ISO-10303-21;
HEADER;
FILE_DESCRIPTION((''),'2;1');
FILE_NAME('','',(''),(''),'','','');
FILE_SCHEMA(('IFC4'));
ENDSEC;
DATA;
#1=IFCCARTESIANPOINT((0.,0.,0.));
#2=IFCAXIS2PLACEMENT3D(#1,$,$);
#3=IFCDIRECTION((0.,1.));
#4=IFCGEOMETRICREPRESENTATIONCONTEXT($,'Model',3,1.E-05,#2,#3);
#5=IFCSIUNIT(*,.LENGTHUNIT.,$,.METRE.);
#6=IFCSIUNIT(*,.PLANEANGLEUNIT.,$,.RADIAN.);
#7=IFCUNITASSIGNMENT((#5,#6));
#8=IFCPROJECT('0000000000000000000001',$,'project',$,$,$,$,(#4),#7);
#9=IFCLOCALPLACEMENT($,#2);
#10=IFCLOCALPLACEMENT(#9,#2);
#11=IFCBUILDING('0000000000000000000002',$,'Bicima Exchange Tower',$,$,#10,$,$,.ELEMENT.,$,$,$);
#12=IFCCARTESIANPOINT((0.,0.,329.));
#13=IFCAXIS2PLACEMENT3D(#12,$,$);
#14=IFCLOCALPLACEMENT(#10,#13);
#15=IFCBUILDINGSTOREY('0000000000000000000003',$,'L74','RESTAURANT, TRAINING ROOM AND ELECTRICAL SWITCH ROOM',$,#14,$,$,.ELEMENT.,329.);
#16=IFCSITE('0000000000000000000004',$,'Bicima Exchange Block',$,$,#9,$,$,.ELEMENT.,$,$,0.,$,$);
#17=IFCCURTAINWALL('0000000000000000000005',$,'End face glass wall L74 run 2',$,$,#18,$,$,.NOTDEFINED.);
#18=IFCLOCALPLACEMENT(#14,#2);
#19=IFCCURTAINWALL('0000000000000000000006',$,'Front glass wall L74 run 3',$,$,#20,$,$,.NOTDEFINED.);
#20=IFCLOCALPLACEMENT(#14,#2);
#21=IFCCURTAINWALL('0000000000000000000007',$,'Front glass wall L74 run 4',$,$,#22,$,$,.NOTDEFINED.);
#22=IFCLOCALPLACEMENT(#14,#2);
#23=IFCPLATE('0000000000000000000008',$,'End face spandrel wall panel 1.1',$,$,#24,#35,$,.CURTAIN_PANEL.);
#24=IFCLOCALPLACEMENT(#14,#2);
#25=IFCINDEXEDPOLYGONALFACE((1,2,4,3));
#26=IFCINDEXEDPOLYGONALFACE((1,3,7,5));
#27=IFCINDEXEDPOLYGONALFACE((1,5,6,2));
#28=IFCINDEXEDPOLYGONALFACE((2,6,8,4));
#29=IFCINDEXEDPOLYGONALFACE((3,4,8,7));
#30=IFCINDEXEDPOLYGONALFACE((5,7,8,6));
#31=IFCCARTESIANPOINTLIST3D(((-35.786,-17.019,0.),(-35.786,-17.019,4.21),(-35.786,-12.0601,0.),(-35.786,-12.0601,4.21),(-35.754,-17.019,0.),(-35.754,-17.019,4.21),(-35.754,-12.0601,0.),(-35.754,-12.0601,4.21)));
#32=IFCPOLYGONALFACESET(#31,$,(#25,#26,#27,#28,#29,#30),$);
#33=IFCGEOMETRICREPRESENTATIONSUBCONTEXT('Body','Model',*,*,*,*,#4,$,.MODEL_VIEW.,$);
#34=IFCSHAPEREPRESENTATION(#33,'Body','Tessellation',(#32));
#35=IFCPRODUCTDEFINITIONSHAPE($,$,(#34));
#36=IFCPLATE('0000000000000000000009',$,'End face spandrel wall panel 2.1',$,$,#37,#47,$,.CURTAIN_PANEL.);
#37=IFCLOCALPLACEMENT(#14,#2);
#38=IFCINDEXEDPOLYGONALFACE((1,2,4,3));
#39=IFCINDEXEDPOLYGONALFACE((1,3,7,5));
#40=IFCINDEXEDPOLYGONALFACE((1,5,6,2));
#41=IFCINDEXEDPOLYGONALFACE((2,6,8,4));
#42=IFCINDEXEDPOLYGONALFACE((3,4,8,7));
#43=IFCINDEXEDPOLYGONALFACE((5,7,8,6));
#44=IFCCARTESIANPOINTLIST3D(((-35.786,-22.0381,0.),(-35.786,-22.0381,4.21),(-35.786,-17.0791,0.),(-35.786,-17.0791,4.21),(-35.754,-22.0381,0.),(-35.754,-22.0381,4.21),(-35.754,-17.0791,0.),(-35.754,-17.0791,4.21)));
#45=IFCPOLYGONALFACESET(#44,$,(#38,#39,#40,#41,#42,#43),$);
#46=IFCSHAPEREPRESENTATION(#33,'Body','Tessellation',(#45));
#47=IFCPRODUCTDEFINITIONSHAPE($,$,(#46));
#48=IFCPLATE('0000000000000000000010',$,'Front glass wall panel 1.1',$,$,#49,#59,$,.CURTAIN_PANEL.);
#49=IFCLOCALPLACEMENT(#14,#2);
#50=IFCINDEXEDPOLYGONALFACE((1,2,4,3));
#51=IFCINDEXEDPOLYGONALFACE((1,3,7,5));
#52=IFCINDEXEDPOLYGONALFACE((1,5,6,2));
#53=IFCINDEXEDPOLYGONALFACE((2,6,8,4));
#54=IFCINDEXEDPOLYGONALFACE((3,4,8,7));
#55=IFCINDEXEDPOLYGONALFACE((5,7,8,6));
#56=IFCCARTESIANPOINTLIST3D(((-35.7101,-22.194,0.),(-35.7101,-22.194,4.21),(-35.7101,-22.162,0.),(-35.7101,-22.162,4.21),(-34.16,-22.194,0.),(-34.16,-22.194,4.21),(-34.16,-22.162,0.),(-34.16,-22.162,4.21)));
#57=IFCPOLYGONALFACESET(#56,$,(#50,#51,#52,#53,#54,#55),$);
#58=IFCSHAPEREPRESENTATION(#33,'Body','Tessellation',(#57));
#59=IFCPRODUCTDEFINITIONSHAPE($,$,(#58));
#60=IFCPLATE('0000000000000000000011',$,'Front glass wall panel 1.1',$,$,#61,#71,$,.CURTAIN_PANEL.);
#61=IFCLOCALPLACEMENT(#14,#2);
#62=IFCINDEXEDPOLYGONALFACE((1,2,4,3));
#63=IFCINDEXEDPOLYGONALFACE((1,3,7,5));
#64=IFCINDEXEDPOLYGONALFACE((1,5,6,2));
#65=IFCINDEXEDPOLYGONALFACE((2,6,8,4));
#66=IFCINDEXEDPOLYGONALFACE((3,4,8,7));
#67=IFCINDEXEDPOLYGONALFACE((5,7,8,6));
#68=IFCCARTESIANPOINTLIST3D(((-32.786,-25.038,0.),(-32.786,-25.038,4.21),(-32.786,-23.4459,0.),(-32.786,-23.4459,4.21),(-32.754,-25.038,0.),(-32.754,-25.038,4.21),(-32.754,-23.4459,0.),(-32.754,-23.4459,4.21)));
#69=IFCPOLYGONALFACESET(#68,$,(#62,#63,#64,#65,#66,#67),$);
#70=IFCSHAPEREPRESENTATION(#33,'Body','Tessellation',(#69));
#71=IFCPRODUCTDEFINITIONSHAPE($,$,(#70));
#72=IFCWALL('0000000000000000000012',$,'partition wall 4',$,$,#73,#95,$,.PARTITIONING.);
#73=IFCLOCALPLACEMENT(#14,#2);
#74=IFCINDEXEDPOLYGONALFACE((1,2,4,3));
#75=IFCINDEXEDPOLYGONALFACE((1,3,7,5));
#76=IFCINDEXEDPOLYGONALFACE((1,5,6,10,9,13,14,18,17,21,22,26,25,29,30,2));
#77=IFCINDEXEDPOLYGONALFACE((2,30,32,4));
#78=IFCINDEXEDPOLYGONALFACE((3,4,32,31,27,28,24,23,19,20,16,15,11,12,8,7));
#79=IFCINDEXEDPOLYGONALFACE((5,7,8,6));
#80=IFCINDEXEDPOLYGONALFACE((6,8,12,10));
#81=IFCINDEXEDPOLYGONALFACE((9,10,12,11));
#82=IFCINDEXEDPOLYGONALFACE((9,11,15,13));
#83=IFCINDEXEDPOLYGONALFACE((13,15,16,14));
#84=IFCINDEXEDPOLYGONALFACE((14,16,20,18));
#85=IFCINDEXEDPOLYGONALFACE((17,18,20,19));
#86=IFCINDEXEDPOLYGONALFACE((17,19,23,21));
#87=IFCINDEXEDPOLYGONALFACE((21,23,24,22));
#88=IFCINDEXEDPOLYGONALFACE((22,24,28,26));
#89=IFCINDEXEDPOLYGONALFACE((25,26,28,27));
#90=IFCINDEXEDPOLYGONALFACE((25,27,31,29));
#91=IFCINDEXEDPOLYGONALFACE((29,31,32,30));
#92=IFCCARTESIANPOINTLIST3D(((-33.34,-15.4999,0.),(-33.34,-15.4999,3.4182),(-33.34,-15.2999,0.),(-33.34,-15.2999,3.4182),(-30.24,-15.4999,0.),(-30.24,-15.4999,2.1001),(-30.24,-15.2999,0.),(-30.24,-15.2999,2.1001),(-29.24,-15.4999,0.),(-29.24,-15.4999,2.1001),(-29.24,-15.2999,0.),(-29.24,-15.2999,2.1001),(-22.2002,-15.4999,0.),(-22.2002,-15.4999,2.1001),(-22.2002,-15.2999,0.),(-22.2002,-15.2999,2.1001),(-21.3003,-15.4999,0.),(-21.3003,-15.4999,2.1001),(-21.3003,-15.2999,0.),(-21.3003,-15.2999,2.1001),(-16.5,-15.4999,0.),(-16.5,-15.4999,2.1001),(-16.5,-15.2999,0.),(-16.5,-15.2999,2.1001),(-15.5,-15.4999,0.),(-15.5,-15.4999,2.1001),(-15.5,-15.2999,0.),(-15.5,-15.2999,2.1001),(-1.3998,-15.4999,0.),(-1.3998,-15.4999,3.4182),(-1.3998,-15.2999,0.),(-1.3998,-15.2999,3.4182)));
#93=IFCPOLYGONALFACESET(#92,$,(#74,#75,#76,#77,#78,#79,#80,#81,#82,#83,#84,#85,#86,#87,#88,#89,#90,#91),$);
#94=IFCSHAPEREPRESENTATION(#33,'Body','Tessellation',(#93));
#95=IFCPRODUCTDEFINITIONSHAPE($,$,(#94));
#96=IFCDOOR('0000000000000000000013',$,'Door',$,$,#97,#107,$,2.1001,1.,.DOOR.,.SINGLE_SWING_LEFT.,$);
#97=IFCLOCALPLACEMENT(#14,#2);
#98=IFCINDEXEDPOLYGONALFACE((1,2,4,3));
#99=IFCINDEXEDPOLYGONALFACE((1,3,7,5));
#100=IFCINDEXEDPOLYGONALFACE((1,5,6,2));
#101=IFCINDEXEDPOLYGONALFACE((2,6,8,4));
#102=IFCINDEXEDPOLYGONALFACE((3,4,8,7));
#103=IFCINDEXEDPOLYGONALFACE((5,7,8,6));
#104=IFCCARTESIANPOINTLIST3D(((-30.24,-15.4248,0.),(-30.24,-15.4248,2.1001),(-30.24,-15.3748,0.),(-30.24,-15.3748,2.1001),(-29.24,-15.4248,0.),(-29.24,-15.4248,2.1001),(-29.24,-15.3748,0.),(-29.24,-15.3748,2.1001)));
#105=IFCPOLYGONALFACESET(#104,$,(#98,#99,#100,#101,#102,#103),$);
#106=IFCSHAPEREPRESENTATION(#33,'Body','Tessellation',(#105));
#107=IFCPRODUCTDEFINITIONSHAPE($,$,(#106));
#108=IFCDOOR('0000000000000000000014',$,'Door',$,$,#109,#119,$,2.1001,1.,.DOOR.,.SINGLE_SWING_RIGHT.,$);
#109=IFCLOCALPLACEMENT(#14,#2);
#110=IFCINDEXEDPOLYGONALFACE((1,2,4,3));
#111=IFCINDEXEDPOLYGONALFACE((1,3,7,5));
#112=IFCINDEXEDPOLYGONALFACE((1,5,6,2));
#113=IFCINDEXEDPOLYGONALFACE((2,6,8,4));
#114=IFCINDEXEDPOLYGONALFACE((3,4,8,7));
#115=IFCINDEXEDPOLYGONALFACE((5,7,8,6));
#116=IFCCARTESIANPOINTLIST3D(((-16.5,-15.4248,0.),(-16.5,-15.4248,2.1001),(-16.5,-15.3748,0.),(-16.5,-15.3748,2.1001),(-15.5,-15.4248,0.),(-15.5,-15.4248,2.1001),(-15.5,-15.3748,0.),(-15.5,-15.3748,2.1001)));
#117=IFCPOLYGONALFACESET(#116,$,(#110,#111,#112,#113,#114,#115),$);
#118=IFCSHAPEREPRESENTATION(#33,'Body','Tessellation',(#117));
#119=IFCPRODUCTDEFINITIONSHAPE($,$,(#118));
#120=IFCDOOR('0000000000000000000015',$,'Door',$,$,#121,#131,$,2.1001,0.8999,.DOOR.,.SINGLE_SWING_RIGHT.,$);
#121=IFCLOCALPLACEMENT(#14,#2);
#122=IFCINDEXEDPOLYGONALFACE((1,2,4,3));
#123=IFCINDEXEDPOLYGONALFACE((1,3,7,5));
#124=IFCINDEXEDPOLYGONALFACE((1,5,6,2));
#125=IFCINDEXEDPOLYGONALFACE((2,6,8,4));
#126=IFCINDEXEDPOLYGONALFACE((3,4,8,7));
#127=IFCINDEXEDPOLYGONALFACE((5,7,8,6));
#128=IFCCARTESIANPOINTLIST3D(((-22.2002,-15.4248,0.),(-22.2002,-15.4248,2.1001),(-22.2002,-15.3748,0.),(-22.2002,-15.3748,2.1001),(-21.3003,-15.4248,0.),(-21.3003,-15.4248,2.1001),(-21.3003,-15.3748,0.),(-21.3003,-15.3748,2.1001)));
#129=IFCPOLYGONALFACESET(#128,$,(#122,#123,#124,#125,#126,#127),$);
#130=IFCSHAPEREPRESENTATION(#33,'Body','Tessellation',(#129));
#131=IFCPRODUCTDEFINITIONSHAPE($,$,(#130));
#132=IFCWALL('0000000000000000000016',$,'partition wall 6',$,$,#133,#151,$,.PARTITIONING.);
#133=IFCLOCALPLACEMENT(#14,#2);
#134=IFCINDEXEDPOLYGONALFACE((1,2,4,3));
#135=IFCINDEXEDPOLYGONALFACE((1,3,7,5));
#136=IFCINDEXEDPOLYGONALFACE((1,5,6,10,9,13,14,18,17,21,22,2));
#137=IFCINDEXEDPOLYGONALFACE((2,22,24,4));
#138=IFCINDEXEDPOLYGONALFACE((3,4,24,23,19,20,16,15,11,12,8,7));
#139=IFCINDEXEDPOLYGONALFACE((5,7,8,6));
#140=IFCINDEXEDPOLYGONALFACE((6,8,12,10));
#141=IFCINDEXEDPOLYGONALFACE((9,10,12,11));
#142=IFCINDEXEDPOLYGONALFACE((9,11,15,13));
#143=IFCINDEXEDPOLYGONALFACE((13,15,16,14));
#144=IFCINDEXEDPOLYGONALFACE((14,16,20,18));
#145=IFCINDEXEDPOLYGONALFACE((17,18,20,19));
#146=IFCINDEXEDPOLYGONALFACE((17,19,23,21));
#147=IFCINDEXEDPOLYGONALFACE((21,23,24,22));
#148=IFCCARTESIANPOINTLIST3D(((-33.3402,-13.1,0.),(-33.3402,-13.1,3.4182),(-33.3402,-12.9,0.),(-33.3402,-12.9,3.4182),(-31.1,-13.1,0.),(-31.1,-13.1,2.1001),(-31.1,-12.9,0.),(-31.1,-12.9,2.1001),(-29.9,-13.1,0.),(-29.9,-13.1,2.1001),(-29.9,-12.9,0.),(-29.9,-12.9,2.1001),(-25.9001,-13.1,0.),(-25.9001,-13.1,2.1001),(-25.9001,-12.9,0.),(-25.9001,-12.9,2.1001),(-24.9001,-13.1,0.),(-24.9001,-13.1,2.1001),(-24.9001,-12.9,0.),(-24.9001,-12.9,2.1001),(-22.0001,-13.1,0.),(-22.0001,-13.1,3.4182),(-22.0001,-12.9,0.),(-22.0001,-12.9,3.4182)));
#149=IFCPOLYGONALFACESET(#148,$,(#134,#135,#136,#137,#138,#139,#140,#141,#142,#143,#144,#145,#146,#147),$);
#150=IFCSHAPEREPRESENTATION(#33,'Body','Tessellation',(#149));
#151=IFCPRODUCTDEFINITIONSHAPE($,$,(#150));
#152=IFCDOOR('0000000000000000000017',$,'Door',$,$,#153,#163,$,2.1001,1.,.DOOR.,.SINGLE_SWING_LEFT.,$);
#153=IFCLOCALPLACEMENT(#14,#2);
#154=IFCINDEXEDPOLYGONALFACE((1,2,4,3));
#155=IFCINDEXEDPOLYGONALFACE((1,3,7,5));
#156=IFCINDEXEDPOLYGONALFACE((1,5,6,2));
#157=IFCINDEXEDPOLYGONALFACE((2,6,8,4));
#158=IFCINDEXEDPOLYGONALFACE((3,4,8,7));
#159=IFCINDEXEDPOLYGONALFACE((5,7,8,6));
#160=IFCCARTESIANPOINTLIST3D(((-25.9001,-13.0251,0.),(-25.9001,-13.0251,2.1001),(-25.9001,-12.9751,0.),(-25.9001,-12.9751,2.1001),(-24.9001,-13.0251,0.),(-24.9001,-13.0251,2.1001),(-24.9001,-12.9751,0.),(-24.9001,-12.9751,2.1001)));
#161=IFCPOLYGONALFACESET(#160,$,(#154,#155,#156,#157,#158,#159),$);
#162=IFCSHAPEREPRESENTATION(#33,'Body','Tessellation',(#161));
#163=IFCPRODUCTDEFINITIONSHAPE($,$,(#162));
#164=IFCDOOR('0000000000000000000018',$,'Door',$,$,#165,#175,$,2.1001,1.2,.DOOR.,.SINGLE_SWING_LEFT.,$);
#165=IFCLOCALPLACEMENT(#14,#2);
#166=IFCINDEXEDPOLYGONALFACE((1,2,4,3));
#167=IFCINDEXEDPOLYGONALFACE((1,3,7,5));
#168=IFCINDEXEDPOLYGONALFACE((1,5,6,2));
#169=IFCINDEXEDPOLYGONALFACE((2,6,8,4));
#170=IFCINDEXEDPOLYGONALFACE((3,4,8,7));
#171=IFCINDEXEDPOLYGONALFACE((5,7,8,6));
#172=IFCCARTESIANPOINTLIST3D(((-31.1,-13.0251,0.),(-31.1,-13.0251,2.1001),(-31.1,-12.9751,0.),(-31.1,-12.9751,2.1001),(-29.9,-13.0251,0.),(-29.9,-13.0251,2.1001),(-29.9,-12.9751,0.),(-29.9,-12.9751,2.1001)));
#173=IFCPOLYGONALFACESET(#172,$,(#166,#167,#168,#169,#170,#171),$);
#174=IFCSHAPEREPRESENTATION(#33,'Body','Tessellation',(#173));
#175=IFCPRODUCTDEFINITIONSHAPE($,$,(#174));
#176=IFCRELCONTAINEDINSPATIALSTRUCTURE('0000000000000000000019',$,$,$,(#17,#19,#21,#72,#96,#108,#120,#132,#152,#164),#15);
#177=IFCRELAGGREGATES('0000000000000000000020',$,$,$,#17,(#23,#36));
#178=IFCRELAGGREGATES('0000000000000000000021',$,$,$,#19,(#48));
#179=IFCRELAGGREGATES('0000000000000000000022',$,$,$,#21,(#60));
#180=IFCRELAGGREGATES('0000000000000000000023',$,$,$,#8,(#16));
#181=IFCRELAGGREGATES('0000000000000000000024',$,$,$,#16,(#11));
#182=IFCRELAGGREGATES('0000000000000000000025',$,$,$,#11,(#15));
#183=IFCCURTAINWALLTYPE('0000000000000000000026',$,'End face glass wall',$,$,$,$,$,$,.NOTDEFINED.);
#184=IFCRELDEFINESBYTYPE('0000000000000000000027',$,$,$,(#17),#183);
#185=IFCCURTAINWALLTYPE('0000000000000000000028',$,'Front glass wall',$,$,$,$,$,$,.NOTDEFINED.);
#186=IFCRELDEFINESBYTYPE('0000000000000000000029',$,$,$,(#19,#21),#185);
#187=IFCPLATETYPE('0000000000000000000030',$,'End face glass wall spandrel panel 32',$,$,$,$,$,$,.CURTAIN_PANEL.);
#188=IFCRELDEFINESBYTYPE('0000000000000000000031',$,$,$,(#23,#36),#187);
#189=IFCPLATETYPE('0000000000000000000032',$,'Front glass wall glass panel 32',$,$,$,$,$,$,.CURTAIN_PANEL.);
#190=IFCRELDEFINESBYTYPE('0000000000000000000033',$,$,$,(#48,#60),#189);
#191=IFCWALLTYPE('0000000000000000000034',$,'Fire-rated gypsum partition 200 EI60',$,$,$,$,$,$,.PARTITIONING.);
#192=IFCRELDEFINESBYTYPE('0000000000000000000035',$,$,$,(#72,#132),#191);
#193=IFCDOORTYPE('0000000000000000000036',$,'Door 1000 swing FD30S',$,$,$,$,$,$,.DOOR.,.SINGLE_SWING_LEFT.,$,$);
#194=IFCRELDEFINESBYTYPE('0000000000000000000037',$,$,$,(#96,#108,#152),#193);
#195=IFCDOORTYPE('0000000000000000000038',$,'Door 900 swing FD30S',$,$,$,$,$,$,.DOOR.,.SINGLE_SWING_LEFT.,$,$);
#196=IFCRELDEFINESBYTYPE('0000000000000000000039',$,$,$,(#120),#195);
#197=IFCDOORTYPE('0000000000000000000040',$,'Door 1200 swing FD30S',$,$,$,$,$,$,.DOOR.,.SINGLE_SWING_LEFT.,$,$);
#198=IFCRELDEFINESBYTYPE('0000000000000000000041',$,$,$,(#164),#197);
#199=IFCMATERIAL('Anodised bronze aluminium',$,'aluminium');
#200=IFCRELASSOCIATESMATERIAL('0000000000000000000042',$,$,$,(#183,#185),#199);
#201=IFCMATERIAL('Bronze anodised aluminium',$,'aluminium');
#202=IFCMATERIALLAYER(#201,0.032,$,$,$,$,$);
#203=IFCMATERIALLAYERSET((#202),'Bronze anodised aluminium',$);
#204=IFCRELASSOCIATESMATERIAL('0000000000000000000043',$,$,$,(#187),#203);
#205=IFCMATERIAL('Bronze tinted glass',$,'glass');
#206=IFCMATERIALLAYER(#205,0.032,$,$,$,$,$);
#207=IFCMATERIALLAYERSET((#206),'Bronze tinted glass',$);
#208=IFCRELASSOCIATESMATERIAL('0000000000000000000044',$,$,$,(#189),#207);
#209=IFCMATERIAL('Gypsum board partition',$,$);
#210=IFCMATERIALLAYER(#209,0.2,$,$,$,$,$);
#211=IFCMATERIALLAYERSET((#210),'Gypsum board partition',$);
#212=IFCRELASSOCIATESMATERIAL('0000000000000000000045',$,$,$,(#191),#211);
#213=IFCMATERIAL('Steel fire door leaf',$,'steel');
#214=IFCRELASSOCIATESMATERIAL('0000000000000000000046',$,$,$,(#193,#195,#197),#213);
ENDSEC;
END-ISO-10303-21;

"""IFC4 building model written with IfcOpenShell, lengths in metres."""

from ifc_helpers import new_model, si_unit, direction, frame, frame_2d, origin, origin_2d, place, context, subcontext, project, spatial, rectangle, extrude, material, layer, layer_set, type_object, element, fill, aggregate, save


model = new_model("IFC4")

# Units and contexts
model_context = context("Model", 3, precision=1e-05, world=origin(), true_north=direction((0.0, 1.0)))
body_context = subcontext(model_context, "Body", "Model", "MODEL_VIEW")
ifc_project = project(units=[si_unit("LENGTHUNIT", "METRE"), si_unit("PLANEANGLEUNIT", "RADIAN")], contexts=[model_context])

# Site, building, storey
site_placement = place(None, origin())
site = spatial("IfcSite", under=ifc_project, at=site_placement, Name="Bicima Exchange Block", CompositionType="ELEMENT", RefElevation=0.0)
building_placement = place(site_placement, origin())
building = spatial("IfcBuilding", under=site, at=building_placement, Name="Bicima Exchange Tower", CompositionType="ELEMENT")
storey_placement = place(building_placement, frame((0.0, 0.0, 329.0)))
storey = spatial("IfcBuildingStorey", under=building, at=storey_placement, Name="L74", Description="RESTAURANT, TRAINING ROOM AND ELECTRICAL SWITCH ROOM", CompositionType="ELEMENT", Elevation=329.0)

# Curtain wall
ifc_material_1 = material(Name="Anodised bronze aluminium", Category="aluminium")
curtain_wall_type_1 = type_object("IfcCurtainWallType", Name="End face glass wall", PredefinedType="NOTDEFINED", material=ifc_material_1)
curtain_wall_1_placement = place(storey_placement, origin())
curtain_wall_1 = element("IfcCurtainWall", 1, at=curtain_wall_1_placement, inside=storey, type_object=curtain_wall_type_1, Name="End face glass wall L74 run 2", PredefinedType="NOTDEFINED")

# Curtain wall
curtain_wall_type_2 = type_object("IfcCurtainWallType", Name="Front glass wall", PredefinedType="NOTDEFINED", material=ifc_material_1)
curtain_wall_2_placement = place(storey_placement, origin())
curtain_wall_2 = element("IfcCurtainWall", 2, at=curtain_wall_2_placement, inside=storey, type_object=curtain_wall_type_2, Name="Front glass wall L74 run 3", PredefinedType="NOTDEFINED")

# Curtain wall
curtain_wall_3_placement = place(storey_placement, origin())
curtain_wall_3 = element("IfcCurtainWall", 3, at=curtain_wall_3_placement, inside=storey, type_object=curtain_wall_type_2, Name="Front glass wall L74 run 4", PredefinedType="NOTDEFINED")

# Plates
ifc_material_2 = material(Name="Bronze anodised aluminium", Category="aluminium")
ifc_layer_1 = layer(ifc_material_2, 0.032)
ifc_layer_set_1 = layer_set([ifc_layer_1], Name="Bronze anodised aluminium")
plate_type_1 = type_object("IfcPlateType", Name="End face glass wall spandrel panel 32", PredefinedType="CURTAIN_PANEL", material=ifc_layer_set_1)
plate_1_placement = place(storey_placement, frame((-35.77, -14.5396, 0.0), z_axis=(0.0, 0.0, 1.0), x_axis=(0.0, -1.0, 0.0)))
plate_1 = element("IfcPlate", 4, at=plate_1_placement, type_object=plate_type_1, Name="End face spandrel wall panel 1.1", PredefinedType="CURTAIN_PANEL", context=body_context, shape_type="SweptSolid", body=[
    extrude(rectangle(XDim=4.959, YDim=0.032, at=origin_2d()), origin(), (0.0, 0.0, 1.0), 4.21),
])
plate_2_placement = place(storey_placement, frame((-35.77, -19.5586, 0.0), z_axis=(0.0, 0.0, 1.0), x_axis=(0.0, -1.0, 0.0)))
plate_2 = element("IfcPlate", 5, at=plate_2_placement, type_object=plate_type_1, Name="End face spandrel wall panel 2.1", PredefinedType="CURTAIN_PANEL", context=body_context, shape_type="SweptSolid", body=[
    extrude(rectangle(XDim=4.959, YDim=0.032, at=origin_2d()), origin(), (0.0, 0.0, 1.0), 4.21),
])
aggregate(curtain_wall_1, [plate_1, plate_2])
ifc_material_3 = material(Name="Bronze tinted glass", Category="glass")
ifc_layer_2 = layer(ifc_material_3, 0.032)
ifc_layer_set_2 = layer_set([ifc_layer_2], Name="Bronze tinted glass")
plate_type_2 = type_object("IfcPlateType", Name="Front glass wall glass panel 32", PredefinedType="CURTAIN_PANEL", material=ifc_layer_set_2)
plate_3_placement = place(storey_placement, frame((-34.9351, -22.178, 0.0), z_axis=(0.0, 0.0, 1.0), x_axis=(1.0, 0.0, 0.0)))
plate_3 = element("IfcPlate", 6, at=plate_3_placement, type_object=plate_type_2, Name="Front glass wall panel 1.1", PredefinedType="CURTAIN_PANEL", context=body_context, shape_type="SweptSolid", body=[
    extrude(rectangle(XDim=1.55, YDim=0.032, at=origin_2d()), origin(), (0.0, 0.0, 1.0), 4.21),
])
aggregate(curtain_wall_2, [plate_3])
plate_4_placement = place(storey_placement, frame((-32.77, -24.2419, 0.0), z_axis=(0.0, 0.0, 1.0), x_axis=(0.0, -1.0, 0.0)))
plate_4 = element("IfcPlate", 7, at=plate_4_placement, type_object=plate_type_2, Name="Front glass wall panel 1.1", PredefinedType="CURTAIN_PANEL", context=body_context, shape_type="SweptSolid", body=[
    extrude(rectangle(XDim=1.592, YDim=0.032, at=origin_2d()), origin(), (0.0, 0.0, 1.0), 4.21),
])
aggregate(curtain_wall_3, [plate_4])

# Walls, openings, doors
ifc_material_4 = material(Name="Gypsum board partition")
ifc_layer_3 = layer(ifc_material_4, 0.2)
ifc_layer_set_3 = layer_set([ifc_layer_3], Name="Gypsum board partition")
wall_type = type_object("IfcWallType", Name="Fire-rated gypsum partition 200 EI60", PredefinedType="PARTITIONING", material=ifc_layer_set_3)
wall_1_placement = place(storey_placement, frame((-33.3401, -15.3999, 0.0), z_axis=(0.0, 0.0, 1.0), x_axis=(1.0, 0.0, 0.0)))
wall_1 = element("IfcWall", 8, at=wall_1_placement, inside=storey, type_object=wall_type, Name="partition wall 4", PredefinedType="PARTITIONING", context=body_context, shape_type="SweptSolid", body=[
    extrude(rectangle(XDim=31.9402, YDim=0.2, at=frame_2d((15.9702, 0.0))), origin(), (0.0, 0.0, 1.0), 3.4182),
])
opening_1_placement = place(wall_1_placement, frame((3.1001, 0.0, 0.0)))
opening_1 = element("IfcOpeningElement", 9, at=opening_1_placement, cuts=wall_1, PredefinedType="OPENING", context=body_context, shape_type="SweptSolid", body=[
    extrude(rectangle(XDim=1.0, YDim=2.1001, at=frame_2d((0.5, 1.05))), frame((0.0, 0.1118, 0.0), z_axis=(0.0, -1.0, 0.0), x_axis=(1.0, 0.0, 0.0)), (0.0, 0.0, 1.0), 0.2239),
])
opening_2_placement = place(wall_1_placement, frame((11.1399, 0.0, 0.0)))
opening_2 = element("IfcOpeningElement", 10, at=opening_2_placement, cuts=wall_1, PredefinedType="OPENING", context=body_context, shape_type="SweptSolid", body=[
    extrude(rectangle(XDim=0.8999, YDim=2.1001, at=frame_2d((0.45, 1.05))), frame((0.0, 0.1118, 0.0), z_axis=(0.0, -1.0, 0.0), x_axis=(1.0, 0.0, 0.0)), (0.0, 0.0, 1.0), 0.2239),
])
opening_3_placement = place(wall_1_placement, frame((16.8401, 0.0, 0.0)))
opening_3 = element("IfcOpeningElement", 11, at=opening_3_placement, cuts=wall_1, PredefinedType="OPENING", context=body_context, shape_type="SweptSolid", body=[
    extrude(rectangle(XDim=1.0, YDim=2.1001, at=frame_2d((0.5, 1.05))), frame((0.0, 0.1118, 0.0), z_axis=(0.0, -1.0, 0.0), x_axis=(1.0, 0.0, 0.0)), (0.0, 0.0, 1.0), 0.2239),
])
ifc_material_5 = material(Name="Steel fire door leaf", Category="steel")
door_type_1 = type_object("IfcDoorType", Name="Door 1000 swing FD30S", OperationType="SINGLE_SWING_LEFT", PredefinedType="DOOR", material=ifc_material_5)
door_1_placement = place(opening_1_placement, frame((1.0, 0.0, 0.0), z_axis=(0.0, 0.0, 1.0), x_axis=(-1.0, 0.0, 0.0)))
door_1 = element("IfcDoor", 12, at=door_1_placement, inside=storey, type_object=door_type_1, Name="Door", OperationType="SINGLE_SWING_LEFT", OverallHeight=2.1001, OverallWidth=1.0, PredefinedType="DOOR", context=body_context, shape_type="SweptSolid", body=[
    extrude(rectangle(XDim=1.0, YDim=2.1001, at=frame_2d((0.5, 1.05))), frame((0.0, 0.0249, 0.0), z_axis=(0.0, -1.0, 0.0), x_axis=(1.0, 0.0, 0.0)), (0.0, 0.0, 1.0), 0.05),
])
fill(opening_1, door_1)
door_2_placement = place(opening_3_placement, frame((1.0, 0.0, 0.0), z_axis=(0.0, 0.0, 1.0), x_axis=(-1.0, 0.0, 0.0)))
door_2 = element("IfcDoor", 13, at=door_2_placement, inside=storey, type_object=door_type_1, Name="Door", OperationType="SINGLE_SWING_RIGHT", OverallHeight=2.1001, OverallWidth=1.0, PredefinedType="DOOR", context=body_context, shape_type="SweptSolid", body=[
    extrude(rectangle(XDim=1.0, YDim=2.1001, at=frame_2d((0.5, 1.05))), frame((0.0, 0.0249, 0.0), z_axis=(0.0, -1.0, 0.0), x_axis=(1.0, 0.0, 0.0)), (0.0, 0.0, 1.0), 0.05),
])
fill(opening_3, door_2)
door_type_2 = type_object("IfcDoorType", Name="Door 900 swing FD30S", OperationType="SINGLE_SWING_LEFT", PredefinedType="DOOR", material=ifc_material_5)
door_3_placement = place(opening_2_placement, frame((0.8999, 0.0, 0.0), z_axis=(0.0, 0.0, 1.0), x_axis=(-1.0, 0.0, 0.0)))
door_3 = element("IfcDoor", 14, at=door_3_placement, inside=storey, type_object=door_type_2, Name="Door", OperationType="SINGLE_SWING_RIGHT", OverallHeight=2.1001, OverallWidth=0.8999, PredefinedType="DOOR", context=body_context, shape_type="SweptSolid", body=[
    extrude(rectangle(XDim=0.8999, YDim=2.1001, at=frame_2d((0.45, 1.05))), frame((0.0, 0.0249, 0.0), z_axis=(0.0, -1.0, 0.0), x_axis=(1.0, 0.0, 0.0)), (0.0, 0.0, 1.0), 0.05),
])
fill(opening_2, door_3)
wall_2_placement = place(storey_placement, frame((-33.3401, -13.0, 0.0), z_axis=(0.0, 0.0, 1.0), x_axis=(1.0, 0.0, 0.0)))
wall_2 = element("IfcWall", 15, at=wall_2_placement, inside=storey, type_object=wall_type, Name="partition wall 6", PredefinedType="PARTITIONING", context=body_context, shape_type="SweptSolid", body=[
    extrude(rectangle(XDim=11.3401, YDim=0.2, at=frame_2d((5.6699, 0.0))), origin(), (0.0, 0.0, 1.0), 3.4182),
])
opening_4_placement = place(wall_2_placement, frame((2.24, 0.0, 0.0)))
opening_4 = element("IfcOpeningElement", 16, at=opening_4_placement, cuts=wall_2, PredefinedType="OPENING", context=body_context, shape_type="SweptSolid", body=[
    extrude(rectangle(XDim=1.2, YDim=2.1001, at=frame_2d((0.6001, 1.05))), frame((0.0, 0.1118, 0.0), z_axis=(0.0, -1.0, 0.0), x_axis=(1.0, 0.0, 0.0)), (0.0, 0.0, 1.0), 0.2239),
])
opening_5_placement = place(wall_2_placement, frame((7.4399, 0.0, 0.0)))
opening_5 = element("IfcOpeningElement", 17, at=opening_5_placement, cuts=wall_2, PredefinedType="OPENING", context=body_context, shape_type="SweptSolid", body=[
    extrude(rectangle(XDim=1.0, YDim=2.1001, at=frame_2d((0.5, 1.05))), frame((0.0, 0.1118, 0.0), z_axis=(0.0, -1.0, 0.0), x_axis=(1.0, 0.0, 0.0)), (0.0, 0.0, 1.0), 0.2239),
])
door_4_placement = place(opening_5_placement, origin())
door_4 = element("IfcDoor", 18, at=door_4_placement, inside=storey, type_object=door_type_1, Name="Door", OperationType="SINGLE_SWING_LEFT", OverallHeight=2.1001, OverallWidth=1.0, PredefinedType="DOOR", context=body_context, shape_type="SweptSolid", body=[
    extrude(rectangle(XDim=1.0, YDim=2.1001, at=frame_2d((0.5, 1.05))), frame((0.0, 0.0249, 0.0), z_axis=(0.0, -1.0, 0.0), x_axis=(1.0, 0.0, 0.0)), (0.0, 0.0, 1.0), 0.05),
])
fill(opening_5, door_4)
door_type_3 = type_object("IfcDoorType", Name="Door 1200 swing FD30S", OperationType="SINGLE_SWING_LEFT", PredefinedType="DOOR", material=ifc_material_5)
door_5_placement = place(opening_4_placement, origin())
door_5 = element("IfcDoor", 19, at=door_5_placement, inside=storey, type_object=door_type_3, Name="Door", OperationType="SINGLE_SWING_LEFT", OverallHeight=2.1001, OverallWidth=1.2, PredefinedType="DOOR", context=body_context, shape_type="SweptSolid", body=[
    extrude(rectangle(XDim=1.2, YDim=2.1001, at=frame_2d((0.6001, 1.05))), frame((0.0, 0.0249, 0.0), z_axis=(0.0, -1.0, 0.0), x_axis=(1.0, 0.0, 0.0)), (0.0, 0.0, 1.0), 0.05),
])
fill(opening_4, door_5)

save(model, "model.ifc")
